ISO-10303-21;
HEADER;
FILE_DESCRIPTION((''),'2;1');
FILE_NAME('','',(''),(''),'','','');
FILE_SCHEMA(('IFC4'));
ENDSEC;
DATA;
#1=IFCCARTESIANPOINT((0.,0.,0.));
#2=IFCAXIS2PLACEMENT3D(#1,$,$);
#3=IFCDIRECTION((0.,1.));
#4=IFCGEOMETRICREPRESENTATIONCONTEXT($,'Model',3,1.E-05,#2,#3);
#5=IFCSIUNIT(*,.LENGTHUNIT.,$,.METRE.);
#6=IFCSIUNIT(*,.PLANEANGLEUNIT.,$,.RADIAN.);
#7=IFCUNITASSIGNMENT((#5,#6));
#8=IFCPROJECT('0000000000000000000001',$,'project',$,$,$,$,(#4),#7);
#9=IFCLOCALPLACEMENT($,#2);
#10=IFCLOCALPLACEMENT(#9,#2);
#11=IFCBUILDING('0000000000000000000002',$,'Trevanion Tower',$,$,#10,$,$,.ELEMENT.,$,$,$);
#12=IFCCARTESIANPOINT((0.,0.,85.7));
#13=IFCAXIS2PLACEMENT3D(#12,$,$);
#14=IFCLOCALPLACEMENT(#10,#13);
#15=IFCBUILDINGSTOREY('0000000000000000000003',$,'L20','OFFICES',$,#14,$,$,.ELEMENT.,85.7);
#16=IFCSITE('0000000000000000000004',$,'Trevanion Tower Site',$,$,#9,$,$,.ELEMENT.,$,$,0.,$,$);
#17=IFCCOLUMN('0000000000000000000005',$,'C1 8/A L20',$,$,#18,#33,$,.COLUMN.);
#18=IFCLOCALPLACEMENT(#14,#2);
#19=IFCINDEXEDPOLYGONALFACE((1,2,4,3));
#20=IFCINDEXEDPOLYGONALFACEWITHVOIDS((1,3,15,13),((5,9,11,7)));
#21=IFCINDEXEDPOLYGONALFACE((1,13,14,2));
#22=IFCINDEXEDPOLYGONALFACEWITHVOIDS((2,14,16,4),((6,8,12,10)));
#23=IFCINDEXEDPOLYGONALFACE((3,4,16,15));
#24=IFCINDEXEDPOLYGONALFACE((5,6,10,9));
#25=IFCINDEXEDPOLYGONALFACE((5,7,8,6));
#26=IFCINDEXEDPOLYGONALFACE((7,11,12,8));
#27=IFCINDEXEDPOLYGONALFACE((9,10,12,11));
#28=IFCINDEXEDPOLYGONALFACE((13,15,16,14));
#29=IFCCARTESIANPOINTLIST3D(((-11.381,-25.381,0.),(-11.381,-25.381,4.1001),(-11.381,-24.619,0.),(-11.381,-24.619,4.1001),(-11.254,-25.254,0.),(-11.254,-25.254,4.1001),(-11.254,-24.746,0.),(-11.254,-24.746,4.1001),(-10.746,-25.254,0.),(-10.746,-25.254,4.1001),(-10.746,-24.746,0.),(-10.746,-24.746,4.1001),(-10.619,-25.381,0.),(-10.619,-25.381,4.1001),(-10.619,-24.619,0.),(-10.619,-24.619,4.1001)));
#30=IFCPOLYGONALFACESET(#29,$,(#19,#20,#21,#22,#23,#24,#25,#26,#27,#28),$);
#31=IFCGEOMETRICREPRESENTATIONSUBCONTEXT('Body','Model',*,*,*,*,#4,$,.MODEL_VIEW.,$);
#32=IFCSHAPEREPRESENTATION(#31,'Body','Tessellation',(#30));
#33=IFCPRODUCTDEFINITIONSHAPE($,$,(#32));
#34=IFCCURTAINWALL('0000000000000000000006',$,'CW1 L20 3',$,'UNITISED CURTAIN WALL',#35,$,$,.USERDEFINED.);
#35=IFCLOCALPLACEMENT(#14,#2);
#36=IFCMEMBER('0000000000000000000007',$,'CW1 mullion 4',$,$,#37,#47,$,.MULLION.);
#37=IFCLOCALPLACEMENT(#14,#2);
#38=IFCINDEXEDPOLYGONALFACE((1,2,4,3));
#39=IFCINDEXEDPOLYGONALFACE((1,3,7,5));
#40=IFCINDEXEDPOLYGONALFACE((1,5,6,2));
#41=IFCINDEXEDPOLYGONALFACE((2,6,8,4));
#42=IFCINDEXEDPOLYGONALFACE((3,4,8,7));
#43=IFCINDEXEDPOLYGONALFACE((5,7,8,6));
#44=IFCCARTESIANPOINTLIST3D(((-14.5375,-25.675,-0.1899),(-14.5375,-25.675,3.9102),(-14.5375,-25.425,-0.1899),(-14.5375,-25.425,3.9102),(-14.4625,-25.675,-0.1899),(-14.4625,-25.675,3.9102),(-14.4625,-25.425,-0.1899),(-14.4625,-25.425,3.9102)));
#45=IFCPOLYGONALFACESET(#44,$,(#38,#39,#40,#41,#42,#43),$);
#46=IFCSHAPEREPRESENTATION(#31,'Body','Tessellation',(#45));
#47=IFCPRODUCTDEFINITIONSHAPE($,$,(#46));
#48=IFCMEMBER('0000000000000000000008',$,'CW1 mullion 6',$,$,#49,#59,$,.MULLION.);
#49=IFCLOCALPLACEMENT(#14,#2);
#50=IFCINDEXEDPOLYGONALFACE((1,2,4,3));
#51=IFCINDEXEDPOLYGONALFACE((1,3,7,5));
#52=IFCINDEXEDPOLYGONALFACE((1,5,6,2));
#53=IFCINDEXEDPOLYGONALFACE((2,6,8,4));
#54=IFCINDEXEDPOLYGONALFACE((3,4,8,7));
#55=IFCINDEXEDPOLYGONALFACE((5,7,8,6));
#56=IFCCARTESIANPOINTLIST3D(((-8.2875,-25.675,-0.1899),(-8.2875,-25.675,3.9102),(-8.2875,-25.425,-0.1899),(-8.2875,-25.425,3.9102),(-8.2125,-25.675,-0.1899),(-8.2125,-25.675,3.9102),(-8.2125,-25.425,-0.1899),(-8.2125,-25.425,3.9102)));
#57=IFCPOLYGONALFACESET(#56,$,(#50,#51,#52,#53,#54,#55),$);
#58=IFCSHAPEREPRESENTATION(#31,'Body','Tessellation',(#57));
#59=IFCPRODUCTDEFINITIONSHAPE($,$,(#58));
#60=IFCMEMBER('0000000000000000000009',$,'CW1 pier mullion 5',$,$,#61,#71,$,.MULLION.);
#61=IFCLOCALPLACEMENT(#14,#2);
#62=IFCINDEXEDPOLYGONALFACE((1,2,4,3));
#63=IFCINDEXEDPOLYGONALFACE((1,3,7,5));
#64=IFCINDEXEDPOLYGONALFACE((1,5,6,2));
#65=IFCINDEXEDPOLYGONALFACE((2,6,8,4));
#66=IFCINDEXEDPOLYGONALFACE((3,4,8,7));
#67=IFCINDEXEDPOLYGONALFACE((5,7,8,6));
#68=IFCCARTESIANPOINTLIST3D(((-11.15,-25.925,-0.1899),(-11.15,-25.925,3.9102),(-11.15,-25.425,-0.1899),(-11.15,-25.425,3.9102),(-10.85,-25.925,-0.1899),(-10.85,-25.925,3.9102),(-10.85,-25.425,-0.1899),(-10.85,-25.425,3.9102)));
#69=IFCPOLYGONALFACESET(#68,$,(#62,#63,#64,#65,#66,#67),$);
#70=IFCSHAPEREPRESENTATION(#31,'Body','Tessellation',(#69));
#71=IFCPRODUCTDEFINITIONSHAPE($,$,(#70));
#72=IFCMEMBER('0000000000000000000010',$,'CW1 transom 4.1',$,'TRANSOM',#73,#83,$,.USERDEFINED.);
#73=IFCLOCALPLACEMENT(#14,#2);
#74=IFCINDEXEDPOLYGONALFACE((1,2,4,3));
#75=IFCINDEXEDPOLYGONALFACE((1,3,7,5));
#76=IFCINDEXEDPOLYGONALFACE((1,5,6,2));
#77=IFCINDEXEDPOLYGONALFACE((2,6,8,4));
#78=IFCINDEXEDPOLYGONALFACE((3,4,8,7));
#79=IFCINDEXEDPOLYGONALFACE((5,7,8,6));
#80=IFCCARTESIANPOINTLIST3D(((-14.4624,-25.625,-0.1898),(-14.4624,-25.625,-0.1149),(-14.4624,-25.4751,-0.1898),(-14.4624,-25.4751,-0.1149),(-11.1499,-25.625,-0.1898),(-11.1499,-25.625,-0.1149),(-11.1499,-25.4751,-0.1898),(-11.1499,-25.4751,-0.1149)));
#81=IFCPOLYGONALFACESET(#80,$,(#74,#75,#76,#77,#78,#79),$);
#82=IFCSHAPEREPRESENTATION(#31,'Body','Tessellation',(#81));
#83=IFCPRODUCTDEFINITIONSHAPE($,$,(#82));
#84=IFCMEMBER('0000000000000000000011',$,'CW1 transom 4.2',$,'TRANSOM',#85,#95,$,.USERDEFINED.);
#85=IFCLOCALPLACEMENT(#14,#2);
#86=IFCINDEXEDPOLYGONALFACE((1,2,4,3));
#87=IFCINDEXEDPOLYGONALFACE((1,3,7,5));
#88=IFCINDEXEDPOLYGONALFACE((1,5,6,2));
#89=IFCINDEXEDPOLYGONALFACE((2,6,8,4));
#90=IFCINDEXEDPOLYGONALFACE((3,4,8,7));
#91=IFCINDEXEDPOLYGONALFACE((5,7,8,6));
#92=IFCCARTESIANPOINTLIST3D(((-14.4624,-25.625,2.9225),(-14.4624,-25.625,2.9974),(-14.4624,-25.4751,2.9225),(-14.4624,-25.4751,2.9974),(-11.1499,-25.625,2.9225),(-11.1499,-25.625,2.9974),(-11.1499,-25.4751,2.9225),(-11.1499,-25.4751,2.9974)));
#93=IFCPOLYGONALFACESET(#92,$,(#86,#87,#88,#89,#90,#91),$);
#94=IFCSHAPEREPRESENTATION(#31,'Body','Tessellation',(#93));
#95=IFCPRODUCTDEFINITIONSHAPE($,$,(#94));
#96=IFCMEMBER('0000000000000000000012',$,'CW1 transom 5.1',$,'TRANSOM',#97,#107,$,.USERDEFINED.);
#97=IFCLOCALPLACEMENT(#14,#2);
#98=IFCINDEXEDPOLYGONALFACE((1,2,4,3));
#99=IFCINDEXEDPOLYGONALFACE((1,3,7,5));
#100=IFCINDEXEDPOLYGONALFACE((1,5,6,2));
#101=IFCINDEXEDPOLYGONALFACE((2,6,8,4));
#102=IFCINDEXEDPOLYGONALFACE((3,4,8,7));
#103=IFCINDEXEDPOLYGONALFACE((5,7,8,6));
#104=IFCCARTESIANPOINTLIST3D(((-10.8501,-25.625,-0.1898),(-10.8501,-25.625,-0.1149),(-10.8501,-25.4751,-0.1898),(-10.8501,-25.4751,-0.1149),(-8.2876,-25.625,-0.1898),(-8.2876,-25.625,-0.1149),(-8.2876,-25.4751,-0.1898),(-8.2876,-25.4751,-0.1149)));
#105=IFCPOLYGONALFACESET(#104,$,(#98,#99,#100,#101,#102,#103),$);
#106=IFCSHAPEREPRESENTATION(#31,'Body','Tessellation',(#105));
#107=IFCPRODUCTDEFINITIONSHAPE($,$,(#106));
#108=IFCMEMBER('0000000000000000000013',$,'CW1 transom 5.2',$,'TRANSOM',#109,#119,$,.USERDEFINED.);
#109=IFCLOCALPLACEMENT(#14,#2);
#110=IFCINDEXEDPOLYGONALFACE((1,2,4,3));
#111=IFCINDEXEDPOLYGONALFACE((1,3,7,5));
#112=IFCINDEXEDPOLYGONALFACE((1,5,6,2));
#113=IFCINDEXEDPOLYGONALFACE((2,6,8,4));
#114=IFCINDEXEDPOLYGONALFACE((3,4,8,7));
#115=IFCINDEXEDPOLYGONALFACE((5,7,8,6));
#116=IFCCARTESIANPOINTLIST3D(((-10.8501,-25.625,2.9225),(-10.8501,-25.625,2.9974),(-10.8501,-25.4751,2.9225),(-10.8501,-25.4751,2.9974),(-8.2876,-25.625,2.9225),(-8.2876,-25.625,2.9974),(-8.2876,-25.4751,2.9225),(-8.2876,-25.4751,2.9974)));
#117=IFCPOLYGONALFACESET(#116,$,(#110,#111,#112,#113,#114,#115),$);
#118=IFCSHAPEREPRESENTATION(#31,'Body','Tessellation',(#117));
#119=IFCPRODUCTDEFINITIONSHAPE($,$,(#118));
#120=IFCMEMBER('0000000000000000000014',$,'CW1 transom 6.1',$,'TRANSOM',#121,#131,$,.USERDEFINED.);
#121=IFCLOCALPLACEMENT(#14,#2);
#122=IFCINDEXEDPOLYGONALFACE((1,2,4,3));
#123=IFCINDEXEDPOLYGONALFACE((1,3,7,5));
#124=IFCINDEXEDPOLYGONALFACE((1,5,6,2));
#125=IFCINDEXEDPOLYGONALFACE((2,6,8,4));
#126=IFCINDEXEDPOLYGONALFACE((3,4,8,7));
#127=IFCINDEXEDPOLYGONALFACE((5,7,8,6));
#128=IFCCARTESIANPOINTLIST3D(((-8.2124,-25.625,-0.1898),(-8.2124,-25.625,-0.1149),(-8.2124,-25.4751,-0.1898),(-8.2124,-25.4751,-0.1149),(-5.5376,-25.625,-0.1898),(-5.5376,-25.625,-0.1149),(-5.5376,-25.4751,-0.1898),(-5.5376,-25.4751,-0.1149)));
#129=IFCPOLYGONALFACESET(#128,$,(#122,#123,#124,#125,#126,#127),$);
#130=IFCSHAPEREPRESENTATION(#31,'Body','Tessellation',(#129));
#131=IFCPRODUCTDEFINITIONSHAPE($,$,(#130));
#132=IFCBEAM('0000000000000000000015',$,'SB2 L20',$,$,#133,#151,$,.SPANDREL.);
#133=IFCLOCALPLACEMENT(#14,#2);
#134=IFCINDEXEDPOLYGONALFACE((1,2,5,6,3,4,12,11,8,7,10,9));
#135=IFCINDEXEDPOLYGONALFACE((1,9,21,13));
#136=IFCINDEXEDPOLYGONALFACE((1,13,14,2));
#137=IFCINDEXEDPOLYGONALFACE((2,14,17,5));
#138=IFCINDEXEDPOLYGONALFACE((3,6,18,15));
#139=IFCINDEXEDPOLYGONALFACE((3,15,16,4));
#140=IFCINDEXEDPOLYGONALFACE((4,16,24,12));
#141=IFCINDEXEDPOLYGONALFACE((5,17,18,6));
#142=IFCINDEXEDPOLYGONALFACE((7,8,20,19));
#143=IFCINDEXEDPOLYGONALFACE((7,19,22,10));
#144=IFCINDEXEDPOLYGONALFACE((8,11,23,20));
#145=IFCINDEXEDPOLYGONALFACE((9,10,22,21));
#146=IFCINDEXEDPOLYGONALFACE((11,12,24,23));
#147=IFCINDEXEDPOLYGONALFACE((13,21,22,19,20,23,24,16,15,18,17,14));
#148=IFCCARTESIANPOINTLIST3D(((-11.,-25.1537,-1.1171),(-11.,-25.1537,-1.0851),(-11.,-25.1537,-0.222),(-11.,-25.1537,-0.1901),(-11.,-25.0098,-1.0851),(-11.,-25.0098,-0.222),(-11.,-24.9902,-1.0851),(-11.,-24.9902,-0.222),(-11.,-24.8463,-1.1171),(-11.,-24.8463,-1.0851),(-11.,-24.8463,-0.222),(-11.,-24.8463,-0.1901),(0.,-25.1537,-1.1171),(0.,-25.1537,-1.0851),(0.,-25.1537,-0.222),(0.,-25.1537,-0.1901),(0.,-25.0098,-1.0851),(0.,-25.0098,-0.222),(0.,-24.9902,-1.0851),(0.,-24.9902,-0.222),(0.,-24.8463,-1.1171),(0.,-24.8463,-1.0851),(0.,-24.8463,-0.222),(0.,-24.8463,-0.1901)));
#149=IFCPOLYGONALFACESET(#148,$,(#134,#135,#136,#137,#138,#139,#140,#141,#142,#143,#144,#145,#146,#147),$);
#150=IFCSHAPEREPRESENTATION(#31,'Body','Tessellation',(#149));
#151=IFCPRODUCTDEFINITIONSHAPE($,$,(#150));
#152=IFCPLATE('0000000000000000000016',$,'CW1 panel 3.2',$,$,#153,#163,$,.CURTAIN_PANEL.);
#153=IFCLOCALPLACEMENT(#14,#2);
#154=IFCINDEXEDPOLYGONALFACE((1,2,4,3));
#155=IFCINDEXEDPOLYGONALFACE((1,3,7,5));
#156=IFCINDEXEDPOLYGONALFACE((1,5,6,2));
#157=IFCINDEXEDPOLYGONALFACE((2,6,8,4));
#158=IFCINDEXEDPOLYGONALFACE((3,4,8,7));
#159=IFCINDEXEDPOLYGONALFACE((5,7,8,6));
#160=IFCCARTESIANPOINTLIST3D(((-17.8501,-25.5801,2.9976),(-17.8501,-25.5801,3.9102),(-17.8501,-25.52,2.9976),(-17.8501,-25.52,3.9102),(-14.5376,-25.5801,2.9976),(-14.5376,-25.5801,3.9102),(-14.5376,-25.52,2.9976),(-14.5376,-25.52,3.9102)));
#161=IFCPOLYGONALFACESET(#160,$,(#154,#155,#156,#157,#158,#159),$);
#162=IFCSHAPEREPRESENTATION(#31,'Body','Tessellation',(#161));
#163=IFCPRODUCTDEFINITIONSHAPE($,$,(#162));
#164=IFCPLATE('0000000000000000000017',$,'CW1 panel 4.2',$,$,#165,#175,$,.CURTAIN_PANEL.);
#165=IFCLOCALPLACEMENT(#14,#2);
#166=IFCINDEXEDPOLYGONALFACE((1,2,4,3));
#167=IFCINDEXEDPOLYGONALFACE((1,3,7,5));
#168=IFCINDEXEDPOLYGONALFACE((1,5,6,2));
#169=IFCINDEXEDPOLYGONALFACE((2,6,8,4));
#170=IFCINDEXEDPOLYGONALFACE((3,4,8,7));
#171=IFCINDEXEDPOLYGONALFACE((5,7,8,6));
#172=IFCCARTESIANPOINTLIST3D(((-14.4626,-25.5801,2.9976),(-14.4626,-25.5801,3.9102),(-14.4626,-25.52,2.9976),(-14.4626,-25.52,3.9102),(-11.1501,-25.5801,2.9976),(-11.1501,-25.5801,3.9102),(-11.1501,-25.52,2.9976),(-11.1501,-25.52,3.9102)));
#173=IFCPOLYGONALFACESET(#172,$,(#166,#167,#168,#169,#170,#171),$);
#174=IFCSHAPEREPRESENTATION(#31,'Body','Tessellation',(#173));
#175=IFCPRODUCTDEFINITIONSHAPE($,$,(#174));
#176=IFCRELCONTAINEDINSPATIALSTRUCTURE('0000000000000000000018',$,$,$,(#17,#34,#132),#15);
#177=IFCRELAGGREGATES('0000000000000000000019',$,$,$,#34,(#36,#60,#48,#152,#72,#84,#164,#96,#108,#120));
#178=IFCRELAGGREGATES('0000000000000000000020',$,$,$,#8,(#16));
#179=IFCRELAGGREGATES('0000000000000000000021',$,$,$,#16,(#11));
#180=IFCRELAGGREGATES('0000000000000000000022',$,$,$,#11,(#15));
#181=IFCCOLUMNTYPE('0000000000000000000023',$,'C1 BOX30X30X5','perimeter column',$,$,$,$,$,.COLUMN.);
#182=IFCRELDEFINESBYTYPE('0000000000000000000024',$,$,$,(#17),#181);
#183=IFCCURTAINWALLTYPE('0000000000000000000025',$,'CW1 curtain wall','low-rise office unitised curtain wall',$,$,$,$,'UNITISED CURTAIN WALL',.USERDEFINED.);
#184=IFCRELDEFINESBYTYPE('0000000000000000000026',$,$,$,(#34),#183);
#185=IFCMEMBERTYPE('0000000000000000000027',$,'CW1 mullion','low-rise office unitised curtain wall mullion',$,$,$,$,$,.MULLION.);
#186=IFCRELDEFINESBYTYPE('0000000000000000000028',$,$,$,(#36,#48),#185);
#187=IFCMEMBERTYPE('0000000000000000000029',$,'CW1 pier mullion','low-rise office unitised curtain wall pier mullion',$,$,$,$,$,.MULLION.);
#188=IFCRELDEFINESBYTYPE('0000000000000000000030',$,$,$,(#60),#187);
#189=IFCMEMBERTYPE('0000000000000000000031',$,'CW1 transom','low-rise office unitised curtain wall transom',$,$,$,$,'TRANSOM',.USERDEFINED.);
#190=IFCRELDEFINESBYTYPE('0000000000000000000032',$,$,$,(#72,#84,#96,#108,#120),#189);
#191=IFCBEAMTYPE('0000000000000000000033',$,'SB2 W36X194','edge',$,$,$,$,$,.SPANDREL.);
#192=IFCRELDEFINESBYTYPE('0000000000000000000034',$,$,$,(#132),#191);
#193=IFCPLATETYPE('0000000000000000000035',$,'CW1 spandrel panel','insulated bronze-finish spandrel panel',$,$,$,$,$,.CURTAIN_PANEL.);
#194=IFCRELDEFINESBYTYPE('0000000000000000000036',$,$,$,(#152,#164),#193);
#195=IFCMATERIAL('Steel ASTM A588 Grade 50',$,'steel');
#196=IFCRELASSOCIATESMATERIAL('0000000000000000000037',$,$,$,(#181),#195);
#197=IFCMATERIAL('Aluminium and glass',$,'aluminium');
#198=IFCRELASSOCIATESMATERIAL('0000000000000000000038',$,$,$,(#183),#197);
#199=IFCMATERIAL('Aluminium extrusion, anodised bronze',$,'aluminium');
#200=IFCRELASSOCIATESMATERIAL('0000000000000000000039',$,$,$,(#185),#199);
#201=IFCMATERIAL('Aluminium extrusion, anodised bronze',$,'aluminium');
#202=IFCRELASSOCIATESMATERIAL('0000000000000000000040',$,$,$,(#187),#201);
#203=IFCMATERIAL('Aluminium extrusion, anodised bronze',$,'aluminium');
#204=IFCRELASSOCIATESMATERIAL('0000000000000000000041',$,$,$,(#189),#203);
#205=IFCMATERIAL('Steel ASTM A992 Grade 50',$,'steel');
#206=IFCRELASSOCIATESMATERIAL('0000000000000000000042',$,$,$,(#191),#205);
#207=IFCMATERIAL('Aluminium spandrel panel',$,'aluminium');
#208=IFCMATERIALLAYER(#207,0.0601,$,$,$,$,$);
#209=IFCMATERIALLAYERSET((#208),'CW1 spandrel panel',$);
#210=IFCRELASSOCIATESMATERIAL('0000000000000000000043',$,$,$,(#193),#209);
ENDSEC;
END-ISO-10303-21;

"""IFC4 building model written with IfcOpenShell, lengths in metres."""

from ifc_helpers import new_model, si_unit, direction, frame, origin, origin_2d, place, context, subcontext, project, spatial, rectangle, hollow_rectangle, i_section, extrude, material, layer, layer_set, material_profile, profile_set, type_object, element, aggregate, save


model = new_model("IFC4")

# Units and contexts
model_context = context("Model", 3, precision=1e-05, world=origin(), true_north=direction((0.0, 1.0)))
body_context = subcontext(model_context, "Body", "Model", "MODEL_VIEW")
ifc_project = project(units=[si_unit("LENGTHUNIT", "METRE"), si_unit("PLANEANGLEUNIT", "RADIAN")], contexts=[model_context])

# Site, building, storey
site_placement = place(None, origin())
site = spatial("IfcSite", under=ifc_project, at=site_placement, Name="Trevanion Tower Site", CompositionType="ELEMENT", RefElevation=0.0)
building_placement = place(site_placement, origin())
building = spatial("IfcBuilding", under=site, at=building_placement, Name="Trevanion Tower", CompositionType="ELEMENT")
storey_placement = place(building_placement, frame((0.0, 0.0, 85.7)))
storey = spatial("IfcBuildingStorey", under=building, at=storey_placement, Name="L20", Description="OFFICES", CompositionType="ELEMENT", Elevation=85.7)

# Column
ifc_material_1 = material(Name="Steel ASTM A588 Grade 50", Category="steel")
ifc_material_profile_1 = material_profile(ifc_material_1, hollow_rectangle(XDim=0.762, YDim=0.762, WallThickness=0.127, at=origin_2d()), Name="BOX30X30X5")
ifc_profile_set_1 = profile_set([ifc_material_profile_1], Name="Steel ASTM A588 Grade 50")
column_type = type_object("IfcColumnType", Name="C1 BOX30X30X5", Description="perimeter column", PredefinedType="COLUMN", material=ifc_profile_set_1)
column_placement = place(storey_placement, frame((-11.0, -25.0, 0.0), z_axis=(0.0, 0.0, 1.0), x_axis=(1.0, 0.0, 0.0)))
element("IfcColumn", 1, at=column_placement, inside=storey, type_object=column_type, Name="C1 8/A L20", PredefinedType="COLUMN", context=body_context, shape_type="SweptSolid", body=[
    extrude(hollow_rectangle(XDim=0.762, YDim=0.762, WallThickness=0.127, at=origin_2d()), origin(), (0.0, 0.0, 1.0), 4.1001),
])

# Curtain wall, members
ifc_material_2 = material(Name="Aluminium and glass", Category="aluminium")
curtain_wall_type = type_object("IfcCurtainWallType", Name="CW1 curtain wall", Description="low-rise office unitised curtain wall", ElementType="UNITISED CURTAIN WALL", PredefinedType="USERDEFINED", material=ifc_material_2)
curtain_wall_placement = place(storey_placement, origin())
curtain_wall = element("IfcCurtainWall", 2, at=curtain_wall_placement, inside=storey, type_object=curtain_wall_type, Name="CW1 L20 3", ObjectType="UNITISED CURTAIN WALL", PredefinedType="USERDEFINED")
ifc_material_3 = material(Name="Aluminium extrusion, anodised bronze", Category="aluminium")
ifc_material_profile_2 = material_profile(ifc_material_3, rectangle(XDim=0.075, YDim=0.25, at=origin_2d()), Name="CW1 mullion")
ifc_profile_set_2 = profile_set([ifc_material_profile_2], Name="Aluminium extrusion, anodised bronze")
member_type_1 = type_object("IfcMemberType", Name="CW1 mullion", Description="low-rise office unitised curtain wall mullion", PredefinedType="MULLION", material=ifc_profile_set_2)
member_1_placement = place(storey_placement, frame((-14.5, -25.55, -0.1899), z_axis=(0.0, 0.0, 1.0), x_axis=(1.0, 0.0, 0.0)))
member_1 = element("IfcMember", 3, at=member_1_placement, type_object=member_type_1, Name="CW1 mullion 4", PredefinedType="MULLION", context=body_context, shape_type="SweptSolid", body=[
    extrude(rectangle(XDim=0.075, YDim=0.25, at=origin_2d()), origin(), (0.0, 0.0, 1.0), 4.1001),
])
member_2_placement = place(storey_placement, frame((-8.25, -25.55, -0.1899), z_axis=(0.0, 0.0, 1.0), x_axis=(1.0, 0.0, 0.0)))
member_2 = element("IfcMember", 4, at=member_2_placement, type_object=member_type_1, Name="CW1 mullion 6", PredefinedType="MULLION", context=body_context, shape_type="SweptSolid", body=[
    extrude(rectangle(XDim=0.075, YDim=0.25, at=origin_2d()), origin(), (0.0, 0.0, 1.0), 4.1001),
])
ifc_material_4 = material(Name="Aluminium extrusion, anodised bronze", Category="aluminium")
ifc_material_profile_3 = material_profile(ifc_material_4, rectangle(XDim=0.3, YDim=0.5, at=origin_2d()), Name="CW1 pier mullion")
ifc_profile_set_3 = profile_set([ifc_material_profile_3], Name="Aluminium extrusion, anodised bronze")
member_type_2 = type_object("IfcMemberType", Name="CW1 pier mullion", Description="low-rise office unitised curtain wall pier mullion", PredefinedType="MULLION", material=ifc_profile_set_3)
member_3_placement = place(storey_placement, frame((-11.0, -25.675, -0.1899), z_axis=(0.0, 0.0, 1.0), x_axis=(1.0, 0.0, 0.0)))
member_3 = element("IfcMember", 5, at=member_3_placement, type_object=member_type_2, Name="CW1 pier mullion 5", PredefinedType="MULLION", context=body_context, shape_type="SweptSolid", body=[
    extrude(rectangle(XDim=0.3, YDim=0.5, at=origin_2d()), origin(), (0.0, 0.0, 1.0), 4.1001),
])
ifc_material_5 = material(Name="Aluminium extrusion, anodised bronze", Category="aluminium")
ifc_material_profile_4 = material_profile(ifc_material_5, rectangle(XDim=0.1499, YDim=0.075, at=origin_2d()), Name="CW1 transom")
ifc_profile_set_4 = profile_set([ifc_material_profile_4], Name="Aluminium extrusion, anodised bronze")
member_type_3 = type_object("IfcMemberType", Name="CW1 transom", Description="low-rise office unitised curtain wall transom", ElementType="TRANSOM", PredefinedType="USERDEFINED", material=ifc_profile_set_4)
member_4_placement = place(storey_placement, frame((-14.4624, -25.55, -0.1523), z_axis=(1.0, 0.0, 0.0), x_axis=(0.0, 1.0, 0.0)))
member_4 = element("IfcMember", 6, at=member_4_placement, type_object=member_type_3, Name="CW1 transom 4.1", ObjectType="TRANSOM", PredefinedType="USERDEFINED", context=body_context, shape_type="SweptSolid", body=[
    extrude(rectangle(XDim=0.1499, YDim=0.075, at=origin_2d()), origin(), (0.0, 0.0, 1.0), 3.3125),
])
member_5_placement = place(storey_placement, frame((-14.4624, -25.55, 2.96), z_axis=(1.0, 0.0, 0.0), x_axis=(0.0, 1.0, 0.0)))
member_5 = element("IfcMember", 7, at=member_5_placement, type_object=member_type_3, Name="CW1 transom 4.2", ObjectType="TRANSOM", PredefinedType="USERDEFINED", context=body_context, shape_type="SweptSolid", body=[
    extrude(rectangle(XDim=0.1499, YDim=0.075, at=origin_2d()), origin(), (0.0, 0.0, 1.0), 3.3125),
])
member_6_placement = place(storey_placement, frame((-10.8501, -25.55, -0.1523), z_axis=(1.0, 0.0, 0.0), x_axis=(0.0, 1.0, 0.0)))
member_6 = element("IfcMember", 8, at=member_6_placement, type_object=member_type_3, Name="CW1 transom 5.1", ObjectType="TRANSOM", PredefinedType="USERDEFINED", context=body_context, shape_type="SweptSolid", body=[
    extrude(rectangle(XDim=0.1499, YDim=0.075, at=origin_2d()), origin(), (0.0, 0.0, 1.0), 2.5625),
])
member_7_placement = place(storey_placement, frame((-10.8501, -25.55, 2.96), z_axis=(1.0, 0.0, 0.0), x_axis=(0.0, 1.0, 0.0)))
member_7 = element("IfcMember", 9, at=member_7_placement, type_object=member_type_3, Name="CW1 transom 5.2", ObjectType="TRANSOM", PredefinedType="USERDEFINED", context=body_context, shape_type="SweptSolid", body=[
    extrude(rectangle(XDim=0.1499, YDim=0.075, at=origin_2d()), origin(), (0.0, 0.0, 1.0), 2.5625),
])
member_8_placement = place(storey_placement, frame((-8.2124, -25.55, -0.1523), z_axis=(1.0, 0.0, 0.0), x_axis=(0.0, 1.0, 0.0)))
member_8 = element("IfcMember", 10, at=member_8_placement, type_object=member_type_3, Name="CW1 transom 6.1", ObjectType="TRANSOM", PredefinedType="USERDEFINED", context=body_context, shape_type="SweptSolid", body=[
    extrude(rectangle(XDim=0.1499, YDim=0.075, at=origin_2d()), origin(), (0.0, 0.0, 1.0), 2.6748),
])

# Beam
ifc_material_6 = material(Name="Steel ASTM A992 Grade 50", Category="steel")
ifc_material_profile_5 = material_profile(ifc_material_6, i_section(OverallWidth=0.3074, OverallDepth=0.927, WebThickness=0.0195, FlangeThickness=0.032, at=origin_2d()), Name="W36X194")
ifc_profile_set_5 = profile_set([ifc_material_profile_5], Name="Steel ASTM A992 Grade 50")
beam_type = type_object("IfcBeamType", Name="SB2 W36X194", Description="edge", PredefinedType="SPANDREL", material=ifc_profile_set_5)
beam_placement = place(storey_placement, frame((-11.0, -25.0, -0.6536), z_axis=(1.0, 0.0, 0.0), x_axis=(0.0, 1.0, 0.0)))
element("IfcBeam", 11, at=beam_placement, inside=storey, type_object=beam_type, Name="SB2 L20", PredefinedType="SPANDREL", context=body_context, shape_type="SweptSolid", body=[
    extrude(i_section(OverallWidth=0.3074, OverallDepth=0.927, WebThickness=0.0195, FlangeThickness=0.032, at=origin_2d()), origin(), (0.0, 0.0, 1.0), 11.0),
])

# Plates
ifc_material_7 = material(Name="Aluminium spandrel panel", Category="aluminium")
ifc_layer_1 = layer(ifc_material_7, 0.0601)
ifc_layer_set_1 = layer_set([ifc_layer_1], Name="CW1 spandrel panel")
plate_type_1 = type_object("IfcPlateType", Name="CW1 spandrel panel", Description="insulated bronze-finish spandrel panel", PredefinedType="CURTAIN_PANEL", material=ifc_layer_set_1)
plate_1_placement = place(storey_placement, frame((-16.1938, -25.55, 2.9976), z_axis=(0.0, 0.0, 1.0), x_axis=(1.0, 0.0, 0.0)))
plate_1 = element("IfcPlate", 12, at=plate_1_placement, type_object=plate_type_1, Name="CW1 panel 3.2", PredefinedType="CURTAIN_PANEL", context=body_context, shape_type="SweptSolid", body=[
    extrude(rectangle(XDim=3.3125, YDim=0.0601, at=origin_2d()), origin(), (0.0, 0.0, 1.0), 0.9126),
])
plate_2_placement = place(storey_placement, frame((-12.8064, -25.55, 2.9976), z_axis=(0.0, 0.0, 1.0), x_axis=(1.0, 0.0, 0.0)))
plate_2 = element("IfcPlate", 13, at=plate_2_placement, type_object=plate_type_1, Name="CW1 panel 4.2", PredefinedType="CURTAIN_PANEL", context=body_context, shape_type="SweptSolid", body=[
    extrude(rectangle(XDim=3.3125, YDim=0.0601, at=origin_2d()), origin(), (0.0, 0.0, 1.0), 0.9126),
])
aggregate(curtain_wall, [member_1, member_3, member_2, plate_1, member_4, member_5, plate_2, member_6, member_7, member_8])

save(model, "model.ifc")
